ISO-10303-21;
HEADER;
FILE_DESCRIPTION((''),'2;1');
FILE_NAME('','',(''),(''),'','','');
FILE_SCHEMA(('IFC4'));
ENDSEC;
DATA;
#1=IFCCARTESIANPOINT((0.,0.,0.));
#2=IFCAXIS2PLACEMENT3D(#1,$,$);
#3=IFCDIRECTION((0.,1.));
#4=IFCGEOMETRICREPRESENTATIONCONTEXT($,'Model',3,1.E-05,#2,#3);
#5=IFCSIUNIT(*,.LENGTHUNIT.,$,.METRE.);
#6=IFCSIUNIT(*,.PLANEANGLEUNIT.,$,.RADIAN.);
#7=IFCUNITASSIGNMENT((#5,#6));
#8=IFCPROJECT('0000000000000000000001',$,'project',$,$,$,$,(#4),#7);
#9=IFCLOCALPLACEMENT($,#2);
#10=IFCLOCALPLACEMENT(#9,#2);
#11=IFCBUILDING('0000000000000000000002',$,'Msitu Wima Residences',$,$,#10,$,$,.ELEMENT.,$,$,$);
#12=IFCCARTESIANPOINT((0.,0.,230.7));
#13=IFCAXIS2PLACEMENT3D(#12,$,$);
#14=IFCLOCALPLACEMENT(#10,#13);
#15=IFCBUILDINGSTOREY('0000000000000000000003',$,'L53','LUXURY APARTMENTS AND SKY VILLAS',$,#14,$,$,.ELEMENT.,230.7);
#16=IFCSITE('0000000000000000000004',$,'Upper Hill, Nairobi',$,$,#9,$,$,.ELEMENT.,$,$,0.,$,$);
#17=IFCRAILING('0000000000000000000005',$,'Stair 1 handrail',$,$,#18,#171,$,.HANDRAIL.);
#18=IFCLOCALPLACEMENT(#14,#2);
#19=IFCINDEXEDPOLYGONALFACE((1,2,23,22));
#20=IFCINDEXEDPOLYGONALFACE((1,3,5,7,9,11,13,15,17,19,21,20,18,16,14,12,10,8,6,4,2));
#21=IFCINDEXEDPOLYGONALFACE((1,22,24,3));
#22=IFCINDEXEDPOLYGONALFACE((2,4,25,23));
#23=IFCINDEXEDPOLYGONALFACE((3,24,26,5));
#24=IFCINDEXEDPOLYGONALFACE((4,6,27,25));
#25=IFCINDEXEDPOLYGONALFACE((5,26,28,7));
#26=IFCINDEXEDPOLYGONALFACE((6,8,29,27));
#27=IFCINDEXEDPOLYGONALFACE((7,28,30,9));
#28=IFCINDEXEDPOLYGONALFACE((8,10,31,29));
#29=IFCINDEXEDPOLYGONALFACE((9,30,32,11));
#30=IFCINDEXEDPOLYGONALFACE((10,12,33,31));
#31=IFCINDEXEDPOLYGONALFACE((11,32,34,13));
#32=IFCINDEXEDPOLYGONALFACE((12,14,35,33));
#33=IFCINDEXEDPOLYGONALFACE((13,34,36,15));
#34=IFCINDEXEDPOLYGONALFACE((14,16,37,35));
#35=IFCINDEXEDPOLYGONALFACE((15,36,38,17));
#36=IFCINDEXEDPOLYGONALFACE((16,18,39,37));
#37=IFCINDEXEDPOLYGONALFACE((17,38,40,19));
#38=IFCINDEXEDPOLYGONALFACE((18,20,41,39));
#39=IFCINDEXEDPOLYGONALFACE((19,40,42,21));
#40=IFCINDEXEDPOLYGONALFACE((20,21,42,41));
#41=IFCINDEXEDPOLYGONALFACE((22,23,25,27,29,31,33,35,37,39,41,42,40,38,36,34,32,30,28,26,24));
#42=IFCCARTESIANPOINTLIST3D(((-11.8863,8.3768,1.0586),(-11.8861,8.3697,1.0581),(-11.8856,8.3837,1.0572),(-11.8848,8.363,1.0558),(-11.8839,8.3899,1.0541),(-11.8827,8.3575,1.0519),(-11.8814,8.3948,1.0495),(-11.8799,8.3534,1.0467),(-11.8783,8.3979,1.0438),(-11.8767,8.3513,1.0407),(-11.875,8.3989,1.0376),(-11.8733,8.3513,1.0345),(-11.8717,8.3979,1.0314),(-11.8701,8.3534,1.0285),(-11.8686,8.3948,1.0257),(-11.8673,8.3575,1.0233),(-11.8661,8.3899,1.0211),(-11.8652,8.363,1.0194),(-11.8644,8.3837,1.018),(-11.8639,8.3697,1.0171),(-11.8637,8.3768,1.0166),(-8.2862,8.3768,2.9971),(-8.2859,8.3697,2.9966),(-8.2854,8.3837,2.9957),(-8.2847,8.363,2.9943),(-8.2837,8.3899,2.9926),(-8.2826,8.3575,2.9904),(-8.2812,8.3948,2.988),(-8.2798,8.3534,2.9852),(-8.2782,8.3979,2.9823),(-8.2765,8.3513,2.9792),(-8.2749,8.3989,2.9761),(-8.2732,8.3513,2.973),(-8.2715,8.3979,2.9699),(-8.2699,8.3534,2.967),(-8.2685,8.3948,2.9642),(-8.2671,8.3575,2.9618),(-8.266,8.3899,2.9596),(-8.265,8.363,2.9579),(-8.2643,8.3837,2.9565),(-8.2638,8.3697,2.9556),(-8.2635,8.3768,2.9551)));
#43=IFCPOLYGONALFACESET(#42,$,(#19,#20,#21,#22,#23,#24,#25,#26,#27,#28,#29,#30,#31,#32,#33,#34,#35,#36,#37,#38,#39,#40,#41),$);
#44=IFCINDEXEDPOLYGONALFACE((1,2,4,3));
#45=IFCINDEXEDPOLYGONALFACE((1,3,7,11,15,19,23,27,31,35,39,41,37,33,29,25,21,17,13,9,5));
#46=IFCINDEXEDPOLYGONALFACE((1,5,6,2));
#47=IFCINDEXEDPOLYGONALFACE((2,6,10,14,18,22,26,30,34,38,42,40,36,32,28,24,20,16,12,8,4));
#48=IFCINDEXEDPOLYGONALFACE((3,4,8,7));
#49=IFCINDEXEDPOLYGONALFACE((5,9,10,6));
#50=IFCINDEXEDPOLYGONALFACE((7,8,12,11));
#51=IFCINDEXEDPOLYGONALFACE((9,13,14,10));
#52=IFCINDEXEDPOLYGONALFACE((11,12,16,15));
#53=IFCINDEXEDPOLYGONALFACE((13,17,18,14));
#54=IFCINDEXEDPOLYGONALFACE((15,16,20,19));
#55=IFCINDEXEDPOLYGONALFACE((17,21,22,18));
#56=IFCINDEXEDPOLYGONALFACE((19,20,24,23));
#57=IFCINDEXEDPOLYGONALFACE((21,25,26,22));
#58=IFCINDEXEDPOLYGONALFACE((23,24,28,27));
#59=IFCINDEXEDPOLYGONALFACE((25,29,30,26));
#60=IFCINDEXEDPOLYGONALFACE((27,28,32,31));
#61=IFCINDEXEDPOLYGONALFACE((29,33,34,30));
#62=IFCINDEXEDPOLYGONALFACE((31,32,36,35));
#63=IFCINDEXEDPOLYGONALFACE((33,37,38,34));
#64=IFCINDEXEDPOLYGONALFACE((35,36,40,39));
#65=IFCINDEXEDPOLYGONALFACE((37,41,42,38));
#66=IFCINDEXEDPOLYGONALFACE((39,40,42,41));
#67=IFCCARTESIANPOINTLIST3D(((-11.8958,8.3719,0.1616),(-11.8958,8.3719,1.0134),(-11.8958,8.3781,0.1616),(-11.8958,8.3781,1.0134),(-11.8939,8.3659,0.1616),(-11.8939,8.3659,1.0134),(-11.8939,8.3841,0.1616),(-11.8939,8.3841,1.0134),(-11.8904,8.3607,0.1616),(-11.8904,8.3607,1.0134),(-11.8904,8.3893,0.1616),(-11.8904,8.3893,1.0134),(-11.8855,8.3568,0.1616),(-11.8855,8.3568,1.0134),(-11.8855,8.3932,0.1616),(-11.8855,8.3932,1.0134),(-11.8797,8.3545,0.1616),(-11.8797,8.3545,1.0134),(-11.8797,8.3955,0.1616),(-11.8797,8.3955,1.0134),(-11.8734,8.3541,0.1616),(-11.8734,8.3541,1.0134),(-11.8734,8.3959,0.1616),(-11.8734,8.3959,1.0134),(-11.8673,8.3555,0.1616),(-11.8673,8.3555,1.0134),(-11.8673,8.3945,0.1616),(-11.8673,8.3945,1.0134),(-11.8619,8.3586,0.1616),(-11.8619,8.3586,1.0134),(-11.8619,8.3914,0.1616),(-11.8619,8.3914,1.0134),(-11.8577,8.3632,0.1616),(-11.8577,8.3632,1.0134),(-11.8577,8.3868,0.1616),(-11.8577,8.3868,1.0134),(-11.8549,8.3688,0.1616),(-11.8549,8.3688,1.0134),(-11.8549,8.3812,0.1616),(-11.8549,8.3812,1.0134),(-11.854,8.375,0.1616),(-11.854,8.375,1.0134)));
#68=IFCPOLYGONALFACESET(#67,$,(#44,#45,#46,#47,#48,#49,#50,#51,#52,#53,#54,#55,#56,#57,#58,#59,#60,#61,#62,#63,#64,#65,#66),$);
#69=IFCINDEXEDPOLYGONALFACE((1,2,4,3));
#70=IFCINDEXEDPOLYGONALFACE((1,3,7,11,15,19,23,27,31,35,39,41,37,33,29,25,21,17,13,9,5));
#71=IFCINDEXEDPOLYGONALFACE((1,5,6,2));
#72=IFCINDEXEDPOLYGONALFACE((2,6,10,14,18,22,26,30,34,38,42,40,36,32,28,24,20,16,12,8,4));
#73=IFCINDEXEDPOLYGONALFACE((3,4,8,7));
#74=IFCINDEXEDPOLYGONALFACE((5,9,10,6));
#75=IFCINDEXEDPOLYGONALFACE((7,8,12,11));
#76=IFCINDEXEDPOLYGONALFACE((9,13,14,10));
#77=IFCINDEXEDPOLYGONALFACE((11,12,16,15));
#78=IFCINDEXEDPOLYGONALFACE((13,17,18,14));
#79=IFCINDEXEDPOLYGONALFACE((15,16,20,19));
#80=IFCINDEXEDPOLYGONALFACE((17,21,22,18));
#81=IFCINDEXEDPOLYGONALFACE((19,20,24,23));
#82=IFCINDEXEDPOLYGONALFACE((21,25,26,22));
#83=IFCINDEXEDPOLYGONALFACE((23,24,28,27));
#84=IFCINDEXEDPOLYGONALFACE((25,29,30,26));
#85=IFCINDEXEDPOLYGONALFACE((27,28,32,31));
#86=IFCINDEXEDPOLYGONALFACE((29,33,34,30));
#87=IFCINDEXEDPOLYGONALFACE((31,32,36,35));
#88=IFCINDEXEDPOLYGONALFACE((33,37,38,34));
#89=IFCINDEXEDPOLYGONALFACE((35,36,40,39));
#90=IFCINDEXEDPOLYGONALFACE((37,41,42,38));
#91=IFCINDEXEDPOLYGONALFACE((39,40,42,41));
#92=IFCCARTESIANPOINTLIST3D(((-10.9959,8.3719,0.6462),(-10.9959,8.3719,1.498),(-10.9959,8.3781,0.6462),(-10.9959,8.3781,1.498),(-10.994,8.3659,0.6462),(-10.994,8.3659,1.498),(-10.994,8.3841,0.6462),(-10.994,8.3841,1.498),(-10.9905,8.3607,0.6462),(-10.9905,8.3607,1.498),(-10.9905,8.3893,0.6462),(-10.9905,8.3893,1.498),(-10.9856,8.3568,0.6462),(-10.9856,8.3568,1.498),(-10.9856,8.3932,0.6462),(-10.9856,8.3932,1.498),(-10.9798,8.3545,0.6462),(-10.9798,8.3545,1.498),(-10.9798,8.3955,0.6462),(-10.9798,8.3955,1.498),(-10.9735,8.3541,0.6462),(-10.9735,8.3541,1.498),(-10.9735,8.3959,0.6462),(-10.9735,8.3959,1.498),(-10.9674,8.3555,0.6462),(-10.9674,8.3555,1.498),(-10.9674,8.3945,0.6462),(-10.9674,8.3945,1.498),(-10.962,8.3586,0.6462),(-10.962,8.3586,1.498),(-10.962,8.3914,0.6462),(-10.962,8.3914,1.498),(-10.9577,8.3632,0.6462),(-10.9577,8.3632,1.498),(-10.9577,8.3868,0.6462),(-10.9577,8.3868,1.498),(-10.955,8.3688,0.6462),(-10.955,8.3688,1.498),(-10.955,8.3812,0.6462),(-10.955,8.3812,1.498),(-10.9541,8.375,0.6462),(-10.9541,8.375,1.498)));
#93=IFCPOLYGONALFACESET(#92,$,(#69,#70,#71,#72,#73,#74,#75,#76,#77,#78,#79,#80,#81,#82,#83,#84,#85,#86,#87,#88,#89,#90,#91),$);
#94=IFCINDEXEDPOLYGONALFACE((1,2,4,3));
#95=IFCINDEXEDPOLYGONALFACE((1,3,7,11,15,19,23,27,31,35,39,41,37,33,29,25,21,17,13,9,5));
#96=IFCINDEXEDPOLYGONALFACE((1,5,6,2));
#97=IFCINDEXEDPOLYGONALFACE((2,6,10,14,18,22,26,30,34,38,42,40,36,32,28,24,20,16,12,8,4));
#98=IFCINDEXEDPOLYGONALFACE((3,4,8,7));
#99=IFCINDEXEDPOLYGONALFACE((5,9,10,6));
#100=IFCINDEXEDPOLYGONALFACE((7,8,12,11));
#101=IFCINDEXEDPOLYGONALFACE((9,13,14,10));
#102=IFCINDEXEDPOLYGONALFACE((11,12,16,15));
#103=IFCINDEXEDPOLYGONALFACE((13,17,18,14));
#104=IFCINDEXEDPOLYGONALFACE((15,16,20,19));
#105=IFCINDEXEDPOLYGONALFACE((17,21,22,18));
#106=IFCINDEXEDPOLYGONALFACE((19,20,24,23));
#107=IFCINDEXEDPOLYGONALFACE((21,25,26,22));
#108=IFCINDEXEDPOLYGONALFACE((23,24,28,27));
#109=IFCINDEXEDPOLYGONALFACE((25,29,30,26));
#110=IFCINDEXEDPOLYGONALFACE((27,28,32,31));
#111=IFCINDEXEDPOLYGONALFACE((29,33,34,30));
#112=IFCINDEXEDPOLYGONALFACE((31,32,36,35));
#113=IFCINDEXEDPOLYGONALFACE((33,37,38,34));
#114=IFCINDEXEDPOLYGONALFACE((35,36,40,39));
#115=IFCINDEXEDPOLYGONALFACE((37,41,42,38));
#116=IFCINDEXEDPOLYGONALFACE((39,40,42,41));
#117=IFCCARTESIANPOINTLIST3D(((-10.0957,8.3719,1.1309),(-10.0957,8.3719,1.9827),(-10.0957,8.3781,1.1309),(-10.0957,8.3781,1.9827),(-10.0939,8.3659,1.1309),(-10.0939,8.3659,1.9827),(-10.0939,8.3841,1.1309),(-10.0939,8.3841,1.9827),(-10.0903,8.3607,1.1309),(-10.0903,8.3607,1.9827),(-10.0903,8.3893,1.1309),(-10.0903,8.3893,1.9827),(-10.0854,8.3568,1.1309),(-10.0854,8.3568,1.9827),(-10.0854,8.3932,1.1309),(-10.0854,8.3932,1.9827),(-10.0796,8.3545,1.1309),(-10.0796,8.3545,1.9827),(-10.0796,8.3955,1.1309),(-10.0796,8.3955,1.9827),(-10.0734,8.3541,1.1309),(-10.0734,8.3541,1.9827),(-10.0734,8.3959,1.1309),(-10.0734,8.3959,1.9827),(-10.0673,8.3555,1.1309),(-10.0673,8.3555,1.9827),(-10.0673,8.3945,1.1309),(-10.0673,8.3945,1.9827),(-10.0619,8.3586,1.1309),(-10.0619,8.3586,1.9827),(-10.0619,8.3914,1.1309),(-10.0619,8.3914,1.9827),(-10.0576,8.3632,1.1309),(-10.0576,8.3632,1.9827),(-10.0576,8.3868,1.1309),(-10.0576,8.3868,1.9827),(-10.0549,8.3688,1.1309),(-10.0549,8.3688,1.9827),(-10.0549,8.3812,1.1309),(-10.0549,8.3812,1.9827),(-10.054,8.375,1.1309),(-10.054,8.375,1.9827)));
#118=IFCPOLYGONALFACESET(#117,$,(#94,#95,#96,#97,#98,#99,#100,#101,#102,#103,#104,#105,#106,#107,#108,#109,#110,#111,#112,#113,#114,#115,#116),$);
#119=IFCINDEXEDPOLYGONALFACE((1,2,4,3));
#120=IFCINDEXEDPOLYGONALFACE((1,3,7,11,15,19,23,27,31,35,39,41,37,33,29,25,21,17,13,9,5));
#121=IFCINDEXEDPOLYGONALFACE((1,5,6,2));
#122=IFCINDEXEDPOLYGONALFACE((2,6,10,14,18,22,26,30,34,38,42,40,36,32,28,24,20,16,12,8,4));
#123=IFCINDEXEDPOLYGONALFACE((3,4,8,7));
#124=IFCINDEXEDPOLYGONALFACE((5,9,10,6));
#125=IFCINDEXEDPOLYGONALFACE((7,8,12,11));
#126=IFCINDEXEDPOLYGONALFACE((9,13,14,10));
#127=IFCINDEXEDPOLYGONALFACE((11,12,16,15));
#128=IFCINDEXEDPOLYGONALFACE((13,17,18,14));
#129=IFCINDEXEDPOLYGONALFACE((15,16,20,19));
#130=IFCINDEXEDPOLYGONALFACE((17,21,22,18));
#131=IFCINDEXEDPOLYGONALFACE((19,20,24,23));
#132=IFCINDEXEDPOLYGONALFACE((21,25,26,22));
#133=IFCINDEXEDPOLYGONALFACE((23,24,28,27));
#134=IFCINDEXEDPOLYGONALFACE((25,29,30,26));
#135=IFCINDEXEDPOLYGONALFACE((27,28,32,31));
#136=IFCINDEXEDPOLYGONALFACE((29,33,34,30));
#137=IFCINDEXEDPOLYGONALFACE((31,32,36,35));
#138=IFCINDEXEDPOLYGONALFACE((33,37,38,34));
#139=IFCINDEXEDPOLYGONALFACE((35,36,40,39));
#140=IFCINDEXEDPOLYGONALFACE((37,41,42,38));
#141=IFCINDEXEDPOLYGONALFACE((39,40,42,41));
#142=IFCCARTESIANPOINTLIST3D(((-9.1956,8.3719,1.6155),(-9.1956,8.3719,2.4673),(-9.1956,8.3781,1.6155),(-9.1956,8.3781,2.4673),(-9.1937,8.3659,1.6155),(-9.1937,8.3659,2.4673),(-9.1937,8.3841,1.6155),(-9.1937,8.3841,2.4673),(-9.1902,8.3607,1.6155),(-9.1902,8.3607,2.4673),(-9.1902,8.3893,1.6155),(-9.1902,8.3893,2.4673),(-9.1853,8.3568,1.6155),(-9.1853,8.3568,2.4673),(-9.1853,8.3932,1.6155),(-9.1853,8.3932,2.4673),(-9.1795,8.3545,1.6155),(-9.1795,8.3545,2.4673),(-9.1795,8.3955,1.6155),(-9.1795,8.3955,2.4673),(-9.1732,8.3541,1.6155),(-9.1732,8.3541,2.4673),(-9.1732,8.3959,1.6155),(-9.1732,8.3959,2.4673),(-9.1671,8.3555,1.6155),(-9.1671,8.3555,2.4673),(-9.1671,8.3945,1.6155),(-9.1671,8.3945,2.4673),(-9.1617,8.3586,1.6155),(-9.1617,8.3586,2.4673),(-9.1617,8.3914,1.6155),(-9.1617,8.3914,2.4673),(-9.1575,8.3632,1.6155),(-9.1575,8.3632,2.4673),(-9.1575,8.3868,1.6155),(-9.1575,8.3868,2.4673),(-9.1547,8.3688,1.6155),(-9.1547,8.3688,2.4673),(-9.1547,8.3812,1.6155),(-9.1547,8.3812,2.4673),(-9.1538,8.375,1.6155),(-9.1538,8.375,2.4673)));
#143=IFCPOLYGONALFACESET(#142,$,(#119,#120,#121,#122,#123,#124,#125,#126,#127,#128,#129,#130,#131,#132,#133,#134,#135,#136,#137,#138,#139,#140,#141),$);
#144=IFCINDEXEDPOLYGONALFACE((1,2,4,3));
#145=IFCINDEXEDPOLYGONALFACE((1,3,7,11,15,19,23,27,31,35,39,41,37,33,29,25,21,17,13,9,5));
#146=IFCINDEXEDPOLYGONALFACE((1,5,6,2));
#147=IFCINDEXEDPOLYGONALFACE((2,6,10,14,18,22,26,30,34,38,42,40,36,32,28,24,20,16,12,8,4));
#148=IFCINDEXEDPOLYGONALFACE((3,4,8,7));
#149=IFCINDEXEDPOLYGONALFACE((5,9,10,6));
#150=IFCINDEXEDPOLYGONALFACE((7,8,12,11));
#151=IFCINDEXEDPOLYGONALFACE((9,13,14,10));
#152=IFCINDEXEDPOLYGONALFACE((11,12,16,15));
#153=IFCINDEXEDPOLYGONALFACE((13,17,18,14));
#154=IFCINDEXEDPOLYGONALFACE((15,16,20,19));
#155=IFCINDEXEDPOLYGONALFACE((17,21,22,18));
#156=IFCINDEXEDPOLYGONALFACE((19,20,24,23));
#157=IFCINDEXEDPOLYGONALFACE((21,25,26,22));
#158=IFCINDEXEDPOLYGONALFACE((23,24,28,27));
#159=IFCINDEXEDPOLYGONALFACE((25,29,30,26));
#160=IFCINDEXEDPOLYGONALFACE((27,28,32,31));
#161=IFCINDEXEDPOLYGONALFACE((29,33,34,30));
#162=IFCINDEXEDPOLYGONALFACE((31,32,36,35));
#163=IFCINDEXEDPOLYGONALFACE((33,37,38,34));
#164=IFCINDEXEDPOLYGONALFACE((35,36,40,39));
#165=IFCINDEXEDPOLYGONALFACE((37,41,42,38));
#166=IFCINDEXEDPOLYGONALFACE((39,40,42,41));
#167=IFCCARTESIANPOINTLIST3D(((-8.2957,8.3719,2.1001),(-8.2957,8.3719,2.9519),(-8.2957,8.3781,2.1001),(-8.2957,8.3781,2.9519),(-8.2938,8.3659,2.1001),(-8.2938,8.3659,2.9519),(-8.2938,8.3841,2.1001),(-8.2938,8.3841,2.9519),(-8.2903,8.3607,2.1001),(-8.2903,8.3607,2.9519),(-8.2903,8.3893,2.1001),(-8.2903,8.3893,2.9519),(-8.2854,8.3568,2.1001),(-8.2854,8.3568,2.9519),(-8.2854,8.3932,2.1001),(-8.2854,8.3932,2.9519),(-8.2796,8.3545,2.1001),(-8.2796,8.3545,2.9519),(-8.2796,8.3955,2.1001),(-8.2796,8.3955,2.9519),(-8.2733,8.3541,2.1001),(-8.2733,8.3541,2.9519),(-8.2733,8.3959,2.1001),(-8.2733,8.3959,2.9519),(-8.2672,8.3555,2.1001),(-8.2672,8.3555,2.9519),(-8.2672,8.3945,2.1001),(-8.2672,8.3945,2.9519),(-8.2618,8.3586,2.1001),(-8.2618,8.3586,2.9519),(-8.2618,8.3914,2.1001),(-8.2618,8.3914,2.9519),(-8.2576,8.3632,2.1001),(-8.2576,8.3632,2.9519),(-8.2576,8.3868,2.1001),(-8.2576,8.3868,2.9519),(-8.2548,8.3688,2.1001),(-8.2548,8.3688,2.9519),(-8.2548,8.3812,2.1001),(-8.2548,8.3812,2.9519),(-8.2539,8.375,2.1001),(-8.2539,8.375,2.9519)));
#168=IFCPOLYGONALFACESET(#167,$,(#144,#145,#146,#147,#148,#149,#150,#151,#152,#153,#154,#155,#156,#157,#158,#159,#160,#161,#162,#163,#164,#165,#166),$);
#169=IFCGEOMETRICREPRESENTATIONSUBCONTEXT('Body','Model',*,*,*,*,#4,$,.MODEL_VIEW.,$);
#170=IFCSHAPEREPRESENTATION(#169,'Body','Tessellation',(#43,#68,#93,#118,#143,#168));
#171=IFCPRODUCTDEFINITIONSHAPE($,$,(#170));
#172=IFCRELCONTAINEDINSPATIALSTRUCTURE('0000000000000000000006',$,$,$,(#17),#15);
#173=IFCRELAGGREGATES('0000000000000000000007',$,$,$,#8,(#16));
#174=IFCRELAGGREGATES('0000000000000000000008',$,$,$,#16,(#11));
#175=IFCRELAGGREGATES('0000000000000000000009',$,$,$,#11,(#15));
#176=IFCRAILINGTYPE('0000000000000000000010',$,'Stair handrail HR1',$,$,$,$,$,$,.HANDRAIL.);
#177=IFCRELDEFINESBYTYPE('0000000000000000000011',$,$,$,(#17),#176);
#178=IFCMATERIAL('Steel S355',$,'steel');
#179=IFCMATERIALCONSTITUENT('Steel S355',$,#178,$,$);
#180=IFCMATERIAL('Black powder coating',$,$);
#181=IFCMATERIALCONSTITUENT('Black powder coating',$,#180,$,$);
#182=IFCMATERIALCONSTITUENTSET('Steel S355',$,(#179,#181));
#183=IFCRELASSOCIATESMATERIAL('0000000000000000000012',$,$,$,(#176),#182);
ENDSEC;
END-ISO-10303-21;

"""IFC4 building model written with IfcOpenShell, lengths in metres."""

from ifc_helpers import new_model, si_unit, direction, frame, origin, origin_2d, place, context, subcontext, project, spatial, circle, extrude, material, constituent, constituent_set, type_object, element, save


model = new_model("IFC4")

# Units and contexts
model_context = context("Model", 3, precision=1e-05, world=origin(), true_north=direction((0.0, 1.0)))
body_context = subcontext(model_context, "Body", "Model", "MODEL_VIEW")
ifc_project = project(units=[si_unit("LENGTHUNIT", "METRE"), si_unit("PLANEANGLEUNIT", "RADIAN")], contexts=[model_context])

# Site, building, storey
site_placement = place(None, origin())
site = spatial("IfcSite", under=ifc_project, at=site_placement, Name="Upper Hill, Nairobi", CompositionType="ELEMENT", RefElevation=0.0)
building_placement = place(site_placement, origin())
building = spatial("IfcBuilding", under=site, at=building_placement, Name="Msitu Wima Residences", CompositionType="ELEMENT")
storey_placement = place(building_placement, frame((0.0, 0.0, 230.7)))
storey = spatial("IfcBuildingStorey", under=building, at=storey_placement, Name="L53", Description="LUXURY APARTMENTS AND SKY VILLAS", CompositionType="ELEMENT", Elevation=230.7)

# Railing
ifc_material_1 = material(Name="Steel S355", Category="steel")
ifc_constituent_1 = constituent(ifc_material_1, Name="Steel S355")
ifc_material_2 = material(Name="Black powder coating")
ifc_constituent_2 = constituent(ifc_material_2, Name="Black powder coating")
ifc_constituent_set = constituent_set(constituents=[ifc_constituent_1, ifc_constituent_2], Name="Steel S355")
railing_type = type_object("IfcRailingType", Name="Stair handrail HR1", PredefinedType="HANDRAIL", material=ifc_constituent_set)
for number, where, name in (
    (1, (-11.875, 8.375, 0.1616), "Stair 1 handrail"),
):
    element("IfcRailing", number, at=place(storey_placement, frame(where)), inside=storey, type_object=railing_type, Name=name, PredefinedType="HANDRAIL", context=body_context, shape_type="SweptSolid", body=[
        extrude(circle(Radius=0.0239, at=origin_2d()), frame((0.0, 0.0, 0.876), z_axis=(0.880475, 0.0, 0.474093), x_axis=(0.0, 1.0, 0.0)), (0.0, 0.0, 1.0), 4.0889),
        extrude(circle(Radius=0.021, at=origin_2d()), origin(), (0.0, 0.0, 1.0), 0.8518),
        extrude(circle(Radius=0.021, at=origin_2d()), frame((0.8999, 0.0, 0.4846)), (0.0, 0.0, 1.0), 0.8518),
        extrude(circle(Radius=0.021, at=origin_2d()), frame((1.8, 0.0, 0.9692)), (0.0, 0.0, 1.0), 0.8518),
        extrude(circle(Radius=0.021, at=origin_2d()), frame((2.7002, 0.0, 1.4539)), (0.0, 0.0, 1.0), 0.8518),
        extrude(circle(Radius=0.021, at=origin_2d()), frame((3.6001, 0.0, 1.9385)), (0.0, 0.0, 1.0), 0.8518),
    ])

save(model, "model.ifc")
